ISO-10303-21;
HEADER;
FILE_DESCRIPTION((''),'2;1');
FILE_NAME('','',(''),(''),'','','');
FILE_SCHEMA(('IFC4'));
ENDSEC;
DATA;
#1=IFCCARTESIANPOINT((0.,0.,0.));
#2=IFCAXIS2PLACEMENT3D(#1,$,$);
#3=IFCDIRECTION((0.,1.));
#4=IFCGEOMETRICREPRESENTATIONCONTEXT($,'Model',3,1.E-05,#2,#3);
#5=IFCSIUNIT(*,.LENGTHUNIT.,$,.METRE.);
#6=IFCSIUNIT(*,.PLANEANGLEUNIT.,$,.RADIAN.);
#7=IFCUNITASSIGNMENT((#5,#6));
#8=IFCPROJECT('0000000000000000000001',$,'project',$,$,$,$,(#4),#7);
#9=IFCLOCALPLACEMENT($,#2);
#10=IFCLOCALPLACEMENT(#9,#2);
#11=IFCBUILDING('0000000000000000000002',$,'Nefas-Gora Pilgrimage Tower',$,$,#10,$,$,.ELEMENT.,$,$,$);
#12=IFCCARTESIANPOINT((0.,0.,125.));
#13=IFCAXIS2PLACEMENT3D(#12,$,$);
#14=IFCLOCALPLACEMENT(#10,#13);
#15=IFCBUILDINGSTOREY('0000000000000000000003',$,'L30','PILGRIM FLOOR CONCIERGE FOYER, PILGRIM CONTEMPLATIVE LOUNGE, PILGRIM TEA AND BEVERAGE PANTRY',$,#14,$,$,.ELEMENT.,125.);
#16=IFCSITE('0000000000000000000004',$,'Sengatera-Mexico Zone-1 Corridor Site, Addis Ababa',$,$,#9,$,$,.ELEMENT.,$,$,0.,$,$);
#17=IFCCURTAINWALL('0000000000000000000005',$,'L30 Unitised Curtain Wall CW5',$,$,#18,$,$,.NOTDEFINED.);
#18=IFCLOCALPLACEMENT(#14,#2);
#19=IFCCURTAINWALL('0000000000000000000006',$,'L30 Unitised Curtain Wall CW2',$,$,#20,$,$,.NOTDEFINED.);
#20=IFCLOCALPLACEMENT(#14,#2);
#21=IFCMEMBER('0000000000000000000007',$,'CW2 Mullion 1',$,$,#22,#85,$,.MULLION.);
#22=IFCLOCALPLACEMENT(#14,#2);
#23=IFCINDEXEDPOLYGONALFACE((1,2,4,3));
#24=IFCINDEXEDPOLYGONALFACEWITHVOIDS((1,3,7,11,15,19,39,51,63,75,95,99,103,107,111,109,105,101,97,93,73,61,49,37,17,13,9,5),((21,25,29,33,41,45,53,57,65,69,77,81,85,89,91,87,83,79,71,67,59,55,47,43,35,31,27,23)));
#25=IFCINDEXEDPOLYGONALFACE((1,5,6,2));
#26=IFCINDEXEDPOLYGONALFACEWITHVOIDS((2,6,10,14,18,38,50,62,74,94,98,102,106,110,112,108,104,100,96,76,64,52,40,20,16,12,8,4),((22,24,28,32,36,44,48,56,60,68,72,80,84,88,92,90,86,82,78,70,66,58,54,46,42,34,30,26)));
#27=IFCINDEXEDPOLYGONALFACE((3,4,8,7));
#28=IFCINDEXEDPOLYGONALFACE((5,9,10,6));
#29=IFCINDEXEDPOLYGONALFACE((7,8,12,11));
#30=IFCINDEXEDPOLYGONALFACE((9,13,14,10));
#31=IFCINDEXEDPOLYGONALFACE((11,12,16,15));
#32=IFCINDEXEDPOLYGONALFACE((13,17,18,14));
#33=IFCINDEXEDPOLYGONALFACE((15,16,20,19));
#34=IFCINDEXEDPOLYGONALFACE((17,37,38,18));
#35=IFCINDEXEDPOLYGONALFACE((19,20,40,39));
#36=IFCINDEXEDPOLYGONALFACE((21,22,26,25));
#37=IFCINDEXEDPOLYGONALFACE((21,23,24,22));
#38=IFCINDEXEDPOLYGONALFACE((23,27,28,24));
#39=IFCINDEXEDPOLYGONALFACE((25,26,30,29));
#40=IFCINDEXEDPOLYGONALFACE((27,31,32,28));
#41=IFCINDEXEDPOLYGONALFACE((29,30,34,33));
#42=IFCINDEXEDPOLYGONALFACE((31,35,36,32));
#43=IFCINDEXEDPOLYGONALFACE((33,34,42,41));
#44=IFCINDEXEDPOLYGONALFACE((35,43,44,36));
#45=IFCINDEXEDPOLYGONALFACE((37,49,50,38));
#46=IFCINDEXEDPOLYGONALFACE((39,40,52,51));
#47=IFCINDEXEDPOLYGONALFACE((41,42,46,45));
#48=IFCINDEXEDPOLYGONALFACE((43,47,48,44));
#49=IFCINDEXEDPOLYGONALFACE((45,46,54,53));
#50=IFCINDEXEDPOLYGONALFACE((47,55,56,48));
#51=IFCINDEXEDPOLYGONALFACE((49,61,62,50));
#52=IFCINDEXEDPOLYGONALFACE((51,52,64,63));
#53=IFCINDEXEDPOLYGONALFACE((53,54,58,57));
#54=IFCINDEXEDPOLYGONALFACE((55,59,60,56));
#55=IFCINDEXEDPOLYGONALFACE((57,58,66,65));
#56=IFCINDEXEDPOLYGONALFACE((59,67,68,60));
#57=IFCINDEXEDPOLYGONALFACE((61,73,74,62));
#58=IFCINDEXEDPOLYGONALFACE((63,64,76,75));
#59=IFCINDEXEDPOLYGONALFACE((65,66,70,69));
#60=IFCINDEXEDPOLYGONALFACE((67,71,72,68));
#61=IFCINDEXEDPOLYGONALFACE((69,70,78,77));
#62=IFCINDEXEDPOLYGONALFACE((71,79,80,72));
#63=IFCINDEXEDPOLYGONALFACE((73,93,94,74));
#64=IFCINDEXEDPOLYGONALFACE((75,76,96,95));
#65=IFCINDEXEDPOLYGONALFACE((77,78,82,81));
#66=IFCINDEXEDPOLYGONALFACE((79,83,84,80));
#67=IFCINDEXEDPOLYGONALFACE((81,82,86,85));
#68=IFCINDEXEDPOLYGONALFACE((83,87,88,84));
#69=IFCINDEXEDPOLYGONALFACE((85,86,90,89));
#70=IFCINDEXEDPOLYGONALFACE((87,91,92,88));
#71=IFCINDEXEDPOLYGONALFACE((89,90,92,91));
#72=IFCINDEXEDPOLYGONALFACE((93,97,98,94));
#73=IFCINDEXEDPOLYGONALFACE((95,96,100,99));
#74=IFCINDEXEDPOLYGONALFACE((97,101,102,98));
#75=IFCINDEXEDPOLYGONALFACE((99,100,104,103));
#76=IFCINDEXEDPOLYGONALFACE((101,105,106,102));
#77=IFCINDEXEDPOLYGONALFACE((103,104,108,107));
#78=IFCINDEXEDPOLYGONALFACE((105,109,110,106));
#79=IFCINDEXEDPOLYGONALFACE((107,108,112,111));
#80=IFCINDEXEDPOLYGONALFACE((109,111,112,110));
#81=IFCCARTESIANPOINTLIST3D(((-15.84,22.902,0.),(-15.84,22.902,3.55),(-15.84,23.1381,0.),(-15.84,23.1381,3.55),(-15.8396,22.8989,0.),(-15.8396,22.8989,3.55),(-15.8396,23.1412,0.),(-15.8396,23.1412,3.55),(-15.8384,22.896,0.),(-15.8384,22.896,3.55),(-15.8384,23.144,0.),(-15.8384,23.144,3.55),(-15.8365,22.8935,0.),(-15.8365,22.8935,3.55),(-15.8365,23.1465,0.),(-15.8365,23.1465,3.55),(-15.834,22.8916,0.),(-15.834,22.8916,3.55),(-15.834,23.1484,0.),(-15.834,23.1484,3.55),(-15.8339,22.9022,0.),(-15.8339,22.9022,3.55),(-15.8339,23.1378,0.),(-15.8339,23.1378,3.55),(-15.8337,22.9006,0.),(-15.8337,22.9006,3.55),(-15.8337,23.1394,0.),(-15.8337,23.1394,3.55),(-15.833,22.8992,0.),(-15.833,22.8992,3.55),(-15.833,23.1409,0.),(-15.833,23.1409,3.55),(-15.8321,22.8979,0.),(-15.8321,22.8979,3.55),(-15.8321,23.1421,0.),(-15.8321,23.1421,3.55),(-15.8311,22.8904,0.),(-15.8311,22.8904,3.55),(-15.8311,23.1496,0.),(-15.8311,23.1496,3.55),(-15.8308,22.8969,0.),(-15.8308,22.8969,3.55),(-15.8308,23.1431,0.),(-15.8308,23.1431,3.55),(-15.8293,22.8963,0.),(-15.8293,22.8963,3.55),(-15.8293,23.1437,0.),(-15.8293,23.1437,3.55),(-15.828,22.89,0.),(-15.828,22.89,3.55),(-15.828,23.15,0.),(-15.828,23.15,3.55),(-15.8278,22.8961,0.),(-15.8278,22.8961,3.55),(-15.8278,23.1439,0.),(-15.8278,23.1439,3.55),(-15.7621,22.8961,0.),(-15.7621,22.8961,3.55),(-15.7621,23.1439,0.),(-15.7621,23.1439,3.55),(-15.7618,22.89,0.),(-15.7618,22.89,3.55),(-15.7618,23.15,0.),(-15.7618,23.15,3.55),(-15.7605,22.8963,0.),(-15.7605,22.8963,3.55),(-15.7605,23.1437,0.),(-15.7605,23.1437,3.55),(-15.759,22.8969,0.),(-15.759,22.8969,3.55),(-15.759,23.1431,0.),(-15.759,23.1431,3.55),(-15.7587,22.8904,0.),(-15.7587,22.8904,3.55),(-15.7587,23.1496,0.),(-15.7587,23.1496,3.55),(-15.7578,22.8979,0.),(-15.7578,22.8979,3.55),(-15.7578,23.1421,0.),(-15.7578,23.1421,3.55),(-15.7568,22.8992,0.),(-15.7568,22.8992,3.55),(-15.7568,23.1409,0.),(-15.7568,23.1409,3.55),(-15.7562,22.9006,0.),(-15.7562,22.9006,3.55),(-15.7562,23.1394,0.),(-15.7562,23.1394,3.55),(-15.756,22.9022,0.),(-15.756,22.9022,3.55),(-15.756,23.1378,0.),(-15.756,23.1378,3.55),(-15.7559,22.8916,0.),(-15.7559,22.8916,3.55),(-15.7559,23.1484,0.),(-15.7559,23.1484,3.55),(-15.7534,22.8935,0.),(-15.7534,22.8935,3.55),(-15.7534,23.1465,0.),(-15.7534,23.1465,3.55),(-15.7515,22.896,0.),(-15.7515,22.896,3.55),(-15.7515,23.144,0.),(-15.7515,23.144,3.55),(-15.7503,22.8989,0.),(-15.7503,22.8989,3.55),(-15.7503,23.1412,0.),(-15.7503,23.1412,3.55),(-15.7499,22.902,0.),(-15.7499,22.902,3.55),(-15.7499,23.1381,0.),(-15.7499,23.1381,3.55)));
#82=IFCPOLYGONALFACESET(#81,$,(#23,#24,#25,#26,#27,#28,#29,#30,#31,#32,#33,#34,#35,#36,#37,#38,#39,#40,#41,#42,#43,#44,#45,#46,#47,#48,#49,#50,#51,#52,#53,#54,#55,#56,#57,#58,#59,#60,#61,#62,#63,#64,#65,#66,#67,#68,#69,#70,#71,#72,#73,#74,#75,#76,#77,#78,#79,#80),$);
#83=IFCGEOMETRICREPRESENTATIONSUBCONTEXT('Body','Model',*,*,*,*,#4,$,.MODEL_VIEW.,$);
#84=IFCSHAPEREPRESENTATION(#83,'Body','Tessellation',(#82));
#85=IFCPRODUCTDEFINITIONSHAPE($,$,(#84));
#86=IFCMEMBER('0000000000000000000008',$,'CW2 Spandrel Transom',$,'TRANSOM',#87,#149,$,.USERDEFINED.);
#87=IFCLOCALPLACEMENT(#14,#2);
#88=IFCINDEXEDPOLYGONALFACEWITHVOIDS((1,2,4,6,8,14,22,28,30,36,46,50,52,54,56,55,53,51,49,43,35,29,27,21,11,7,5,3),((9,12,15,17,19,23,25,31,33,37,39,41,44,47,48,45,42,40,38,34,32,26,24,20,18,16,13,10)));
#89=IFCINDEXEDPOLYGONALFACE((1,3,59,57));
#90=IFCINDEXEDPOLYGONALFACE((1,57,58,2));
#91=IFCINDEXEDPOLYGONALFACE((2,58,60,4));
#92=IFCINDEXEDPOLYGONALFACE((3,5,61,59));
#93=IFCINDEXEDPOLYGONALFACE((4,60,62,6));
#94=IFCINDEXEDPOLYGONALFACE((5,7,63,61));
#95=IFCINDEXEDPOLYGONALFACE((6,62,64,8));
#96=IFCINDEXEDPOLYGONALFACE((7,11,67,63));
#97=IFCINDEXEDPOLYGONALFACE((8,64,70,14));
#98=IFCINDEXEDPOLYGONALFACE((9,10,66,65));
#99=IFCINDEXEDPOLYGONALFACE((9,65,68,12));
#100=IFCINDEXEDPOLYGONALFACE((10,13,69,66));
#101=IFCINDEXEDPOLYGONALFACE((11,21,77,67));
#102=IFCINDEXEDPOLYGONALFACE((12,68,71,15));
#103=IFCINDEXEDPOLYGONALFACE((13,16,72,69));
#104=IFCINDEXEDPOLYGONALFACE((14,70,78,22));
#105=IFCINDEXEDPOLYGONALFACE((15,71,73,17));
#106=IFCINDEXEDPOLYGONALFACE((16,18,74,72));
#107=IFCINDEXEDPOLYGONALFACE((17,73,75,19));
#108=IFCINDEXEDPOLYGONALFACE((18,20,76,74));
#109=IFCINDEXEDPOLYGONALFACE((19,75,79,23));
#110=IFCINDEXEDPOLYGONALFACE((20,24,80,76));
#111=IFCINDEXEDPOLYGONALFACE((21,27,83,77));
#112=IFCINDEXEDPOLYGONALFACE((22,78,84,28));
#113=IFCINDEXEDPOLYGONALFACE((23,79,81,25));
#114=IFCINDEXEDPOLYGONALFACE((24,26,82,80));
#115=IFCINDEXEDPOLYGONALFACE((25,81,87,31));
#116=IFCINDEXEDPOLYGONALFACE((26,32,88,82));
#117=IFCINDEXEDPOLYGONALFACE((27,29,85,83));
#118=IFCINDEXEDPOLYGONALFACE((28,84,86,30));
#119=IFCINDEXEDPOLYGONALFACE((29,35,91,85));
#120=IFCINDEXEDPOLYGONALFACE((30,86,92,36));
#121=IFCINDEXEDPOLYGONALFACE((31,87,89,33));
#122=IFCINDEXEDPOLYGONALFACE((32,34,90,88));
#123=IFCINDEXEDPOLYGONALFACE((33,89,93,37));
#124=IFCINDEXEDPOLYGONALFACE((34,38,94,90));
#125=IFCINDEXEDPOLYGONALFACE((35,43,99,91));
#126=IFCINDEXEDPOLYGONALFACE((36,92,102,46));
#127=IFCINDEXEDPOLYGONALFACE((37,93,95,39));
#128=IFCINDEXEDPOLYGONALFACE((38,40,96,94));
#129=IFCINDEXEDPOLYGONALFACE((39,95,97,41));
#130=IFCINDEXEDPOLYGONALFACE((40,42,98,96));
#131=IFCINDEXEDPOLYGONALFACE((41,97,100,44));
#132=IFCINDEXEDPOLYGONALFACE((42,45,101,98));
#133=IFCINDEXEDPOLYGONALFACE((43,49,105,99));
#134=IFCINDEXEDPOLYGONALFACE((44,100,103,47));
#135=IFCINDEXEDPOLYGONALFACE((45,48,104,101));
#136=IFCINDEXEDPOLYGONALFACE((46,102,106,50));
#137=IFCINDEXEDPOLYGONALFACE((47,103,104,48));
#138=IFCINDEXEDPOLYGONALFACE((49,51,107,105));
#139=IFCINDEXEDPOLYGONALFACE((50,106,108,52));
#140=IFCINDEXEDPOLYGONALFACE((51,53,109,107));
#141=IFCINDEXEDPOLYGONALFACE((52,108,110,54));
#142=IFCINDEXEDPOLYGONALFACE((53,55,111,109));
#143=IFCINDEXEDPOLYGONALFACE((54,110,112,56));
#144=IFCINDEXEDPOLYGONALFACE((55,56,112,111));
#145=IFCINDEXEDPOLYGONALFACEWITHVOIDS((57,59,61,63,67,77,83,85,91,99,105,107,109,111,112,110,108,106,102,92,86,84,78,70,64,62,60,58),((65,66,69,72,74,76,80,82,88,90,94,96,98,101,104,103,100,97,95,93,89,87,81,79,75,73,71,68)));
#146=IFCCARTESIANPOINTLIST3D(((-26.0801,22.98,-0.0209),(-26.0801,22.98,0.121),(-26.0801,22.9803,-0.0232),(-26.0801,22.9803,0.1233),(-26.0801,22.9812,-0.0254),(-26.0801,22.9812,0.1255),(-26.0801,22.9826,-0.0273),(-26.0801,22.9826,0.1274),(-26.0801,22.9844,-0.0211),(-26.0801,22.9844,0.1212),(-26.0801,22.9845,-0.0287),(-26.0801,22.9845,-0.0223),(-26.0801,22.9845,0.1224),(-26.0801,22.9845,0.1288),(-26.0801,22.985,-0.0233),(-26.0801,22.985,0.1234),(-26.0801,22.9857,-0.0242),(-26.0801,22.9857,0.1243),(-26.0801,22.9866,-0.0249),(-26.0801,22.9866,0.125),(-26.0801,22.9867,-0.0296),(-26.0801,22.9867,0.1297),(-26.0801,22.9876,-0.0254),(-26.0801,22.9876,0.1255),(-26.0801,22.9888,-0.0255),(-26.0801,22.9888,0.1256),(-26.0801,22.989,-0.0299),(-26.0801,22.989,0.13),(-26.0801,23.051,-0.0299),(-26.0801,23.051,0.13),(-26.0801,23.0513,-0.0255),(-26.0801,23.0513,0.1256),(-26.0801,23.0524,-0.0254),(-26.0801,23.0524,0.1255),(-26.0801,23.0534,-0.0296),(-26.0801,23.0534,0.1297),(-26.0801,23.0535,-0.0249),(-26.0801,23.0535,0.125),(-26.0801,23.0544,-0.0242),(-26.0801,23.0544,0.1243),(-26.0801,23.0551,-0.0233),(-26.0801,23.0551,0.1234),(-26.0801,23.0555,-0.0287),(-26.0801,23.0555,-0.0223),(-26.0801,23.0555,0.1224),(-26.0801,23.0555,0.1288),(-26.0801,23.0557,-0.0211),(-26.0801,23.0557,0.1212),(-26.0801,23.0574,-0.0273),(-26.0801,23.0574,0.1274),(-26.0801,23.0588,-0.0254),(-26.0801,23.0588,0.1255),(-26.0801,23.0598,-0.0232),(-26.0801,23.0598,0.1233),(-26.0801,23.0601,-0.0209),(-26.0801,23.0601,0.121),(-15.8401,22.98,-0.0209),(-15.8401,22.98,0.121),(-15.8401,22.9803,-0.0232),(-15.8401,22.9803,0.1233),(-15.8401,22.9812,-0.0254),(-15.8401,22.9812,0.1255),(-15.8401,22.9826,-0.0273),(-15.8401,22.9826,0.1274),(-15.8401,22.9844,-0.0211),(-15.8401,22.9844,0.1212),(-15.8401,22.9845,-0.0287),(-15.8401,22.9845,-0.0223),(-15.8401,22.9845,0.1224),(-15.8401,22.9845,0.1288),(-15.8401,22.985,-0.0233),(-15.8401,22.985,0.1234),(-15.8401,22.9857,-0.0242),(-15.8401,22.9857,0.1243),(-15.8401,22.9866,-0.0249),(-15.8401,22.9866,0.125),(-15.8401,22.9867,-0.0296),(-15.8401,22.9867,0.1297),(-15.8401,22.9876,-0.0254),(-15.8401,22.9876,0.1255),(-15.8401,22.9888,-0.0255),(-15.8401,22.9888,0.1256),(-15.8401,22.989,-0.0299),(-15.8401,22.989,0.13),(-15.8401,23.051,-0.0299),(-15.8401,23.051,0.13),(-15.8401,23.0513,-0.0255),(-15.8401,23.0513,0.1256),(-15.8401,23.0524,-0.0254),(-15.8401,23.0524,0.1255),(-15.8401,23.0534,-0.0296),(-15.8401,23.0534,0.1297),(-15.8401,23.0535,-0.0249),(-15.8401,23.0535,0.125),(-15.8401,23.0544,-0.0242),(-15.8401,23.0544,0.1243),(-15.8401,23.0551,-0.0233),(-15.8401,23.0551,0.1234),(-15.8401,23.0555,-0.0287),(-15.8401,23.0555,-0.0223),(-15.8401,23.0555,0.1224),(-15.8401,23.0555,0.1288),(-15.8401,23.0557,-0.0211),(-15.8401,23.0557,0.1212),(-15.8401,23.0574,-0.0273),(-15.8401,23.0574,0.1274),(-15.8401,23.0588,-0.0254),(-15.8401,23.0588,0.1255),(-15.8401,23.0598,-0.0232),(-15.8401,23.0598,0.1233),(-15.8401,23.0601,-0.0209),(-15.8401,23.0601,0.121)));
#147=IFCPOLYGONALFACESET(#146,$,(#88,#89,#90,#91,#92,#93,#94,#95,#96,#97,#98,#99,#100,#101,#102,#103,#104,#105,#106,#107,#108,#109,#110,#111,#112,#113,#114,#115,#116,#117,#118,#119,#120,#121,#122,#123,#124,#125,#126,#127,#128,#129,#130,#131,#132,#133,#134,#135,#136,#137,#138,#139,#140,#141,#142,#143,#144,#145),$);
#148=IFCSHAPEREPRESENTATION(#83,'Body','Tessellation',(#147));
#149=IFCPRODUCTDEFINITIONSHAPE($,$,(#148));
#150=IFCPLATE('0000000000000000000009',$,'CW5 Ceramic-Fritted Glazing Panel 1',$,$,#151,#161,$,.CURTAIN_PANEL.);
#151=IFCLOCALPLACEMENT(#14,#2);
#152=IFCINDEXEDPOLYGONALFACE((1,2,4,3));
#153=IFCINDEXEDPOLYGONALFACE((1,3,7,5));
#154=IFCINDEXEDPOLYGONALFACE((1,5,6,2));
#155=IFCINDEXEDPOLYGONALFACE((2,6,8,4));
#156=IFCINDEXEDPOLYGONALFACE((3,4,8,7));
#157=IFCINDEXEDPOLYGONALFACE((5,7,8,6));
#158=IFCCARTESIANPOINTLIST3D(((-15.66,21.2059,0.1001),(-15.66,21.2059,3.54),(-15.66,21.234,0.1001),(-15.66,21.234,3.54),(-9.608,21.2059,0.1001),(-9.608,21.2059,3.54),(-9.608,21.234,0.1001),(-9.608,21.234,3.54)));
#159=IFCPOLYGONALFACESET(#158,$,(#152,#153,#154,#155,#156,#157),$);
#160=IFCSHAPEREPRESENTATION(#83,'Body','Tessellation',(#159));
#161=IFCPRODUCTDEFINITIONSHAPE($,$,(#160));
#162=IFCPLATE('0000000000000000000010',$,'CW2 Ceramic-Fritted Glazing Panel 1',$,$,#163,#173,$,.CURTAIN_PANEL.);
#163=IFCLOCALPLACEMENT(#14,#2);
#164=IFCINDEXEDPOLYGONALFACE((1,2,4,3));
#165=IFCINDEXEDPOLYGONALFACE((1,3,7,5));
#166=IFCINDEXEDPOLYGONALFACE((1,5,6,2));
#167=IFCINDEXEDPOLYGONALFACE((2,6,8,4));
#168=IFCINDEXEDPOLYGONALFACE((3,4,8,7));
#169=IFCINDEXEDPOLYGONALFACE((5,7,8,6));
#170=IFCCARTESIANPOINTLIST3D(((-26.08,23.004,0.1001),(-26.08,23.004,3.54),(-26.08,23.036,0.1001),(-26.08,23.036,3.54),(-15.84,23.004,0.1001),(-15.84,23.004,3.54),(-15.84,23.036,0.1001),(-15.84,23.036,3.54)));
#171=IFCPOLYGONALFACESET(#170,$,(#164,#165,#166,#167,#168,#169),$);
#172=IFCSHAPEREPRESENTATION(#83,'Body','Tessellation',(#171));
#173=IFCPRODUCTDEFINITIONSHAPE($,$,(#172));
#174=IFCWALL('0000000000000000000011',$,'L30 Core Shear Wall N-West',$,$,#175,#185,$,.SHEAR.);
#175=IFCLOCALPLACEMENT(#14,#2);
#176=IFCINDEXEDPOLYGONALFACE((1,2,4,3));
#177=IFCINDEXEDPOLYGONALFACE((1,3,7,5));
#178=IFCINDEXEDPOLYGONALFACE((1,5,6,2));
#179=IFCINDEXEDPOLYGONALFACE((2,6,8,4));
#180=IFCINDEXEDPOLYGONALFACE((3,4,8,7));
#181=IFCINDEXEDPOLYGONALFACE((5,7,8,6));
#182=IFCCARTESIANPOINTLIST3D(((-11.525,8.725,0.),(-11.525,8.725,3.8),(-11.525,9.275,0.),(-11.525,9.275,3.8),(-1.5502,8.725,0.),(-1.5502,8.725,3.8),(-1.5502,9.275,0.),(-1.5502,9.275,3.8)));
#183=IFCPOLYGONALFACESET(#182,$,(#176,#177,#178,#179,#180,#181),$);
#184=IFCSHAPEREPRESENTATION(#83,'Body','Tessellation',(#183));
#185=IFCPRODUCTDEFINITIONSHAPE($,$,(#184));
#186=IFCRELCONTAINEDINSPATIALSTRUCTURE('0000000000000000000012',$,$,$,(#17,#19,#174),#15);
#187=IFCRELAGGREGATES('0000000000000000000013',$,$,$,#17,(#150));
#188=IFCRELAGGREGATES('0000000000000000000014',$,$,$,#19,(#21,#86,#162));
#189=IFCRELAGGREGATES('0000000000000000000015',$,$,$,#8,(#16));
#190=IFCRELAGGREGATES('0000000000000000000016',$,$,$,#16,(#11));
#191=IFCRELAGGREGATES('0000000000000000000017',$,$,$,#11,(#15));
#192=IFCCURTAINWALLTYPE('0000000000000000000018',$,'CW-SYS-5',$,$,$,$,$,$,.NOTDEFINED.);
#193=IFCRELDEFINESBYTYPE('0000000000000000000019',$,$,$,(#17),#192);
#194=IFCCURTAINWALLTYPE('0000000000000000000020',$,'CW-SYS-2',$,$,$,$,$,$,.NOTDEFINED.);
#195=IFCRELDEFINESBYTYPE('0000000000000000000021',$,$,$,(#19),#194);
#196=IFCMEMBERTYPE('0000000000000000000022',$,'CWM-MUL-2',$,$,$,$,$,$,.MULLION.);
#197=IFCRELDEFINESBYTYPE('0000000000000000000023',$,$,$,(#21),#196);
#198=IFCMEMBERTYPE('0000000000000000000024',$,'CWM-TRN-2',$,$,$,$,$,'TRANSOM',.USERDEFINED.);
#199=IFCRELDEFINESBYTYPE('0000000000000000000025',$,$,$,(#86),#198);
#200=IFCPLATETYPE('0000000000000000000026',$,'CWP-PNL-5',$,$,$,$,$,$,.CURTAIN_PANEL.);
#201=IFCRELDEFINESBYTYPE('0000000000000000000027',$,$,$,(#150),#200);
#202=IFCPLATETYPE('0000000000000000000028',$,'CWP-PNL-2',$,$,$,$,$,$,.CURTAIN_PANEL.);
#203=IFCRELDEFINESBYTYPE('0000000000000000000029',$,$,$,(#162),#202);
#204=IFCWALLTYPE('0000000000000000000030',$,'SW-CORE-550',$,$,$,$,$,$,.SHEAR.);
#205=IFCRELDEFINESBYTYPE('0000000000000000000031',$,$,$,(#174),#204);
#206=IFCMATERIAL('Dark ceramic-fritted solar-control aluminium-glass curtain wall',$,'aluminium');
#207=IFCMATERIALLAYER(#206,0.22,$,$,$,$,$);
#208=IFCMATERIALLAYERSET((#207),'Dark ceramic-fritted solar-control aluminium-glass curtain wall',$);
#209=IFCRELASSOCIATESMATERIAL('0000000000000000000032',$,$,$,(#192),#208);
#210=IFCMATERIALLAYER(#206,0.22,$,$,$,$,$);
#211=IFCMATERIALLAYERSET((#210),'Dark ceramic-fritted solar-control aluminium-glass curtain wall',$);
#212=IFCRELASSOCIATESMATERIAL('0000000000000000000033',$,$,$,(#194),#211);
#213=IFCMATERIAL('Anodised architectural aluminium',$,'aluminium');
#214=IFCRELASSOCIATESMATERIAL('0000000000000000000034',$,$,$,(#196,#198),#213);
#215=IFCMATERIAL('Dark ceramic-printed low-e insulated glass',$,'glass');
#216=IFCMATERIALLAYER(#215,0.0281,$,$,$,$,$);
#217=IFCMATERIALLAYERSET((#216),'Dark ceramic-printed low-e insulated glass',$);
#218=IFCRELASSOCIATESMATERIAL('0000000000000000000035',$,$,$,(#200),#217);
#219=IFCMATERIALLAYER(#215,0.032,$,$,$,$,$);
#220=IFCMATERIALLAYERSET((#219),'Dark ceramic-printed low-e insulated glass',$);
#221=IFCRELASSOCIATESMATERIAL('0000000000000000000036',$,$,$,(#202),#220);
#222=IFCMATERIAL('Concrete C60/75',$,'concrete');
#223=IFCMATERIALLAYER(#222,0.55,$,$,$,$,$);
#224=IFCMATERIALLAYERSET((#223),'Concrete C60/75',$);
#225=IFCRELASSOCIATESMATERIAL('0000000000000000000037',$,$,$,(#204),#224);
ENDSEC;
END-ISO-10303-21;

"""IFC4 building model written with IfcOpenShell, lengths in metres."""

from ifc_helpers import new_model, si_unit, direction, frame, frame_2d, origin, origin_2d, place, context, subcontext, project, spatial, rectangle, hollow_rectangle, extrude, source, transform, mapped, material, layer, layer_set, material_profile, profile_set, type_object, element, aggregate, save


model = new_model("IFC4")

# Units and contexts
model_context = context("Model", 3, precision=1e-05, world=origin(), true_north=direction((0.0, 1.0)))
body_context = subcontext(model_context, "Body", "Model", "MODEL_VIEW")
ifc_project = project(units=[si_unit("LENGTHUNIT", "METRE"), si_unit("PLANEANGLEUNIT", "RADIAN")], contexts=[model_context])

# Site, building, storey
site_placement = place(None, origin())
site = spatial("IfcSite", under=ifc_project, at=site_placement, Name="Sengatera-Mexico Zone-1 Corridor Site, Addis Ababa", CompositionType="ELEMENT", RefElevation=0.0)
building_placement = place(site_placement, origin())
building = spatial("IfcBuilding", under=site, at=building_placement, Name="Nefas-Gora Pilgrimage Tower", CompositionType="ELEMENT")
storey_placement = place(building_placement, frame((0.0, 0.0, 125.0)))
storey = spatial("IfcBuildingStorey", under=building, at=storey_placement, Name="L30", Description="PILGRIM FLOOR CONCIERGE FOYER, PILGRIM CONTEMPLATIVE LOUNGE, PILGRIM TEA AND BEVERAGE PANTRY", CompositionType="ELEMENT", Elevation=125.0)

# Curtain wall
ifc_material_1 = material(Name="Dark ceramic-fritted solar-control aluminium-glass curtain wall", Category="aluminium")
ifc_layer_1 = layer(ifc_material_1, 0.22)
ifc_layer_set_1 = layer_set([ifc_layer_1], Name="Dark ceramic-fritted solar-control aluminium-glass curtain wall")
curtain_wall_type_1 = type_object("IfcCurtainWallType", Name="CW-SYS-5", PredefinedType="NOTDEFINED", material=ifc_layer_set_1)
curtain_wall_1_placement = place(storey_placement, origin())
curtain_wall_1 = element("IfcCurtainWall", 1, at=curtain_wall_1_placement, inside=storey, type_object=curtain_wall_type_1, Name="L30 Unitised Curtain Wall CW5", PredefinedType="NOTDEFINED")
ifc_material_2 = material(Name="Anodised architectural aluminium", Category="aluminium")

# Curtain wall, members
ifc_layer_2 = layer(ifc_material_1, 0.22)
ifc_layer_set_2 = layer_set([ifc_layer_2], Name="Dark ceramic-fritted solar-control aluminium-glass curtain wall")
curtain_wall_type_2 = type_object("IfcCurtainWallType", Name="CW-SYS-2", PredefinedType="NOTDEFINED", material=ifc_layer_set_2)
curtain_wall_2_placement = place(storey_placement, origin())
curtain_wall_2 = element("IfcCurtainWall", 2, at=curtain_wall_2_placement, inside=storey, type_object=curtain_wall_type_2, Name="L30 Unitised Curtain Wall CW2", PredefinedType="NOTDEFINED")
ifc_material_profile_1 = material_profile(ifc_material_2, hollow_rectangle(XDim=0.0901, YDim=0.26, WallThickness=0.0061, InnerFilletRadius=0.0061, OuterFilletRadius=0.012, at=origin_2d()), Name="ALU MULLION 90x260")
ifc_profile_set_1 = profile_set([ifc_material_profile_1], Name="Anodised architectural aluminium")
member_type_1 = type_object("IfcMemberType", Name="CWM-MUL-2", PredefinedType="MULLION", material=ifc_profile_set_1)
shared_shape_1 = source(origin(), body_context, "Body", "SweptSolid", [
    extrude(hollow_rectangle(XDim=0.0901, YDim=0.26, WallThickness=0.0061, InnerFilletRadius=0.0061, OuterFilletRadius=0.012, at=origin_2d()), origin(), (0.0, 0.0, 1.0), 3.55),
])
member_1_placement = place(storey_placement, frame((-15.7949, 23.02, 0.0), z_axis=(0.0, 0.0, 1.0), x_axis=(-1.0, 0.0, 0.0)))
member_1 = element("IfcMember", 3, at=member_1_placement, type_object=member_type_1, Name="CW2 Mullion 1", PredefinedType="MULLION", context=body_context, shape_type="MappedRepresentation", body=[
    mapped(shared_shape_1, transform((0.0, 0.0, 0.0), x_axis=(1.0, 0.0, 0.0), y_axis=(0.0, 1.0, 0.0), z_axis=(0.0, 0.0, 1.0), scale=1.0)),
])
ifc_material_profile_2 = material_profile(ifc_material_2, hollow_rectangle(XDim=0.0801, YDim=0.1599, WallThickness=0.0044, InnerFilletRadius=0.0044, OuterFilletRadius=0.009, at=origin_2d()), Name="ALU TRANSOM 80x160")
ifc_profile_set_2 = profile_set([ifc_material_profile_2], Name="Anodised architectural aluminium")
member_type_2 = type_object("IfcMemberType", Name="CWM-TRN-2", ElementType="TRANSOM", PredefinedType="USERDEFINED", material=ifc_profile_set_2)
shared_shape_2 = source(origin(), body_context, "Body", "SweptSolid", [
    extrude(hollow_rectangle(XDim=0.0801, YDim=0.1599, WallThickness=0.0044, InnerFilletRadius=0.0044, OuterFilletRadius=0.009, at=origin_2d()), origin(), (0.0, 0.0, 1.0), 10.24),
])
member_2_placement = place(storey_placement, frame((-15.8401, 23.02, 0.05), z_axis=(-1.0, 0.0, 0.0), x_axis=(0.0, -1.0, 0.0)))
member_2 = element("IfcMember", 4, at=member_2_placement, type_object=member_type_2, Name="CW2 Spandrel Transom", ObjectType="TRANSOM", PredefinedType="USERDEFINED", context=body_context, shape_type="MappedRepresentation", body=[
    mapped(shared_shape_2, transform((0.0, 0.0, 0.0), x_axis=(1.0, 0.0, 0.0), y_axis=(0.0, 1.0, 0.0), z_axis=(0.0, 0.0, 1.0), scale=1.0)),
])

# Plates
ifc_material_3 = material(Name="Dark ceramic-printed low-e insulated glass", Category="glass")
ifc_layer_3 = layer(ifc_material_3, 0.0281)
ifc_layer_set_3 = layer_set([ifc_layer_3], Name="Dark ceramic-printed low-e insulated glass")
plate_type_1 = type_object("IfcPlateType", Name="CWP-PNL-5", PredefinedType="CURTAIN_PANEL", material=ifc_layer_set_3)
shared_shape_3 = source(origin(), body_context, "Body", "SweptSolid", [
    extrude(rectangle(XDim=6.052, YDim=0.0281, at=origin_2d()), origin(), (0.0, 0.0, 1.0), 3.4399),
])
plate_1_placement = place(storey_placement, frame((-12.634, 21.22, 0.1001), z_axis=(0.0, 0.0, 1.0), x_axis=(-1.0, 0.0, 0.0)))
plate_1 = element("IfcPlate", 5, at=plate_1_placement, type_object=plate_type_1, Name="CW5 Ceramic-Fritted Glazing Panel 1", PredefinedType="CURTAIN_PANEL", context=body_context, shape_type="MappedRepresentation", body=[
    mapped(shared_shape_3, transform((0.0, 0.0, 0.0), x_axis=(1.0, 0.0, 0.0), y_axis=(0.0, 1.0, 0.0), z_axis=(0.0, 0.0, 1.0), scale=1.0)),
])
aggregate(curtain_wall_1, [plate_1])
ifc_layer_4 = layer(ifc_material_3, 0.032)
ifc_layer_set_4 = layer_set([ifc_layer_4], Name="Dark ceramic-printed low-e insulated glass")
plate_type_2 = type_object("IfcPlateType", Name="CWP-PNL-2", PredefinedType="CURTAIN_PANEL", material=ifc_layer_set_4)
shared_shape_4 = source(origin(), body_context, "Body", "SweptSolid", [
    extrude(rectangle(XDim=10.24, YDim=0.032, at=origin_2d()), origin(), (0.0, 0.0, 1.0), 3.4399),
])
plate_2_placement = place(storey_placement, frame((-20.96, 23.02, 0.1001), z_axis=(0.0, 0.0, 1.0), x_axis=(-1.0, 0.0, 0.0)))
plate_2 = element("IfcPlate", 6, at=plate_2_placement, type_object=plate_type_2, Name="CW2 Ceramic-Fritted Glazing Panel 1", PredefinedType="CURTAIN_PANEL", context=body_context, shape_type="MappedRepresentation", body=[
    mapped(shared_shape_4, transform((0.0, 0.0, 0.0), x_axis=(1.0, 0.0, 0.0), y_axis=(0.0, 1.0, 0.0), z_axis=(0.0, 0.0, 1.0), scale=1.0)),
])
aggregate(curtain_wall_2, [member_1, member_2, plate_2])

# Wall
ifc_material_4 = material(Name="Concrete C60/75", Category="concrete")
ifc_layer_5 = layer(ifc_material_4, 0.55)
ifc_layer_set_5 = layer_set([ifc_layer_5], Name="Concrete C60/75")
wall_type_1 = type_object("IfcWallType", Name="SW-CORE-550", PredefinedType="SHEAR", material=ifc_layer_set_5)
shared_shape_5 = source(origin(), body_context, "Body", "SweptSolid", [
    extrude(rectangle(XDim=9.9749, YDim=0.55, at=frame_2d((4.9873, 0.0))), origin(), (0.0, 0.0, 1.0), 3.8),
])
wall_1_placement = place(storey_placement, frame((-11.5249, 9.0, 0.0), z_axis=(0.0, 0.0, 1.0), x_axis=(1.0, 0.0, 0.0)))
element("IfcWall", 7, at=wall_1_placement, inside=storey, type_object=wall_type_1, Name="L30 Core Shear Wall N-West", PredefinedType="SHEAR", context=body_context, shape_type="MappedRepresentation", body=[
    mapped(shared_shape_5, transform((0.0, 0.0, 0.0), x_axis=(1.0, 0.0, 0.0), y_axis=(0.0, 1.0, 0.0), z_axis=(0.0, 0.0, 1.0), scale=1.0)),
])

save(model, "model.ifc")
